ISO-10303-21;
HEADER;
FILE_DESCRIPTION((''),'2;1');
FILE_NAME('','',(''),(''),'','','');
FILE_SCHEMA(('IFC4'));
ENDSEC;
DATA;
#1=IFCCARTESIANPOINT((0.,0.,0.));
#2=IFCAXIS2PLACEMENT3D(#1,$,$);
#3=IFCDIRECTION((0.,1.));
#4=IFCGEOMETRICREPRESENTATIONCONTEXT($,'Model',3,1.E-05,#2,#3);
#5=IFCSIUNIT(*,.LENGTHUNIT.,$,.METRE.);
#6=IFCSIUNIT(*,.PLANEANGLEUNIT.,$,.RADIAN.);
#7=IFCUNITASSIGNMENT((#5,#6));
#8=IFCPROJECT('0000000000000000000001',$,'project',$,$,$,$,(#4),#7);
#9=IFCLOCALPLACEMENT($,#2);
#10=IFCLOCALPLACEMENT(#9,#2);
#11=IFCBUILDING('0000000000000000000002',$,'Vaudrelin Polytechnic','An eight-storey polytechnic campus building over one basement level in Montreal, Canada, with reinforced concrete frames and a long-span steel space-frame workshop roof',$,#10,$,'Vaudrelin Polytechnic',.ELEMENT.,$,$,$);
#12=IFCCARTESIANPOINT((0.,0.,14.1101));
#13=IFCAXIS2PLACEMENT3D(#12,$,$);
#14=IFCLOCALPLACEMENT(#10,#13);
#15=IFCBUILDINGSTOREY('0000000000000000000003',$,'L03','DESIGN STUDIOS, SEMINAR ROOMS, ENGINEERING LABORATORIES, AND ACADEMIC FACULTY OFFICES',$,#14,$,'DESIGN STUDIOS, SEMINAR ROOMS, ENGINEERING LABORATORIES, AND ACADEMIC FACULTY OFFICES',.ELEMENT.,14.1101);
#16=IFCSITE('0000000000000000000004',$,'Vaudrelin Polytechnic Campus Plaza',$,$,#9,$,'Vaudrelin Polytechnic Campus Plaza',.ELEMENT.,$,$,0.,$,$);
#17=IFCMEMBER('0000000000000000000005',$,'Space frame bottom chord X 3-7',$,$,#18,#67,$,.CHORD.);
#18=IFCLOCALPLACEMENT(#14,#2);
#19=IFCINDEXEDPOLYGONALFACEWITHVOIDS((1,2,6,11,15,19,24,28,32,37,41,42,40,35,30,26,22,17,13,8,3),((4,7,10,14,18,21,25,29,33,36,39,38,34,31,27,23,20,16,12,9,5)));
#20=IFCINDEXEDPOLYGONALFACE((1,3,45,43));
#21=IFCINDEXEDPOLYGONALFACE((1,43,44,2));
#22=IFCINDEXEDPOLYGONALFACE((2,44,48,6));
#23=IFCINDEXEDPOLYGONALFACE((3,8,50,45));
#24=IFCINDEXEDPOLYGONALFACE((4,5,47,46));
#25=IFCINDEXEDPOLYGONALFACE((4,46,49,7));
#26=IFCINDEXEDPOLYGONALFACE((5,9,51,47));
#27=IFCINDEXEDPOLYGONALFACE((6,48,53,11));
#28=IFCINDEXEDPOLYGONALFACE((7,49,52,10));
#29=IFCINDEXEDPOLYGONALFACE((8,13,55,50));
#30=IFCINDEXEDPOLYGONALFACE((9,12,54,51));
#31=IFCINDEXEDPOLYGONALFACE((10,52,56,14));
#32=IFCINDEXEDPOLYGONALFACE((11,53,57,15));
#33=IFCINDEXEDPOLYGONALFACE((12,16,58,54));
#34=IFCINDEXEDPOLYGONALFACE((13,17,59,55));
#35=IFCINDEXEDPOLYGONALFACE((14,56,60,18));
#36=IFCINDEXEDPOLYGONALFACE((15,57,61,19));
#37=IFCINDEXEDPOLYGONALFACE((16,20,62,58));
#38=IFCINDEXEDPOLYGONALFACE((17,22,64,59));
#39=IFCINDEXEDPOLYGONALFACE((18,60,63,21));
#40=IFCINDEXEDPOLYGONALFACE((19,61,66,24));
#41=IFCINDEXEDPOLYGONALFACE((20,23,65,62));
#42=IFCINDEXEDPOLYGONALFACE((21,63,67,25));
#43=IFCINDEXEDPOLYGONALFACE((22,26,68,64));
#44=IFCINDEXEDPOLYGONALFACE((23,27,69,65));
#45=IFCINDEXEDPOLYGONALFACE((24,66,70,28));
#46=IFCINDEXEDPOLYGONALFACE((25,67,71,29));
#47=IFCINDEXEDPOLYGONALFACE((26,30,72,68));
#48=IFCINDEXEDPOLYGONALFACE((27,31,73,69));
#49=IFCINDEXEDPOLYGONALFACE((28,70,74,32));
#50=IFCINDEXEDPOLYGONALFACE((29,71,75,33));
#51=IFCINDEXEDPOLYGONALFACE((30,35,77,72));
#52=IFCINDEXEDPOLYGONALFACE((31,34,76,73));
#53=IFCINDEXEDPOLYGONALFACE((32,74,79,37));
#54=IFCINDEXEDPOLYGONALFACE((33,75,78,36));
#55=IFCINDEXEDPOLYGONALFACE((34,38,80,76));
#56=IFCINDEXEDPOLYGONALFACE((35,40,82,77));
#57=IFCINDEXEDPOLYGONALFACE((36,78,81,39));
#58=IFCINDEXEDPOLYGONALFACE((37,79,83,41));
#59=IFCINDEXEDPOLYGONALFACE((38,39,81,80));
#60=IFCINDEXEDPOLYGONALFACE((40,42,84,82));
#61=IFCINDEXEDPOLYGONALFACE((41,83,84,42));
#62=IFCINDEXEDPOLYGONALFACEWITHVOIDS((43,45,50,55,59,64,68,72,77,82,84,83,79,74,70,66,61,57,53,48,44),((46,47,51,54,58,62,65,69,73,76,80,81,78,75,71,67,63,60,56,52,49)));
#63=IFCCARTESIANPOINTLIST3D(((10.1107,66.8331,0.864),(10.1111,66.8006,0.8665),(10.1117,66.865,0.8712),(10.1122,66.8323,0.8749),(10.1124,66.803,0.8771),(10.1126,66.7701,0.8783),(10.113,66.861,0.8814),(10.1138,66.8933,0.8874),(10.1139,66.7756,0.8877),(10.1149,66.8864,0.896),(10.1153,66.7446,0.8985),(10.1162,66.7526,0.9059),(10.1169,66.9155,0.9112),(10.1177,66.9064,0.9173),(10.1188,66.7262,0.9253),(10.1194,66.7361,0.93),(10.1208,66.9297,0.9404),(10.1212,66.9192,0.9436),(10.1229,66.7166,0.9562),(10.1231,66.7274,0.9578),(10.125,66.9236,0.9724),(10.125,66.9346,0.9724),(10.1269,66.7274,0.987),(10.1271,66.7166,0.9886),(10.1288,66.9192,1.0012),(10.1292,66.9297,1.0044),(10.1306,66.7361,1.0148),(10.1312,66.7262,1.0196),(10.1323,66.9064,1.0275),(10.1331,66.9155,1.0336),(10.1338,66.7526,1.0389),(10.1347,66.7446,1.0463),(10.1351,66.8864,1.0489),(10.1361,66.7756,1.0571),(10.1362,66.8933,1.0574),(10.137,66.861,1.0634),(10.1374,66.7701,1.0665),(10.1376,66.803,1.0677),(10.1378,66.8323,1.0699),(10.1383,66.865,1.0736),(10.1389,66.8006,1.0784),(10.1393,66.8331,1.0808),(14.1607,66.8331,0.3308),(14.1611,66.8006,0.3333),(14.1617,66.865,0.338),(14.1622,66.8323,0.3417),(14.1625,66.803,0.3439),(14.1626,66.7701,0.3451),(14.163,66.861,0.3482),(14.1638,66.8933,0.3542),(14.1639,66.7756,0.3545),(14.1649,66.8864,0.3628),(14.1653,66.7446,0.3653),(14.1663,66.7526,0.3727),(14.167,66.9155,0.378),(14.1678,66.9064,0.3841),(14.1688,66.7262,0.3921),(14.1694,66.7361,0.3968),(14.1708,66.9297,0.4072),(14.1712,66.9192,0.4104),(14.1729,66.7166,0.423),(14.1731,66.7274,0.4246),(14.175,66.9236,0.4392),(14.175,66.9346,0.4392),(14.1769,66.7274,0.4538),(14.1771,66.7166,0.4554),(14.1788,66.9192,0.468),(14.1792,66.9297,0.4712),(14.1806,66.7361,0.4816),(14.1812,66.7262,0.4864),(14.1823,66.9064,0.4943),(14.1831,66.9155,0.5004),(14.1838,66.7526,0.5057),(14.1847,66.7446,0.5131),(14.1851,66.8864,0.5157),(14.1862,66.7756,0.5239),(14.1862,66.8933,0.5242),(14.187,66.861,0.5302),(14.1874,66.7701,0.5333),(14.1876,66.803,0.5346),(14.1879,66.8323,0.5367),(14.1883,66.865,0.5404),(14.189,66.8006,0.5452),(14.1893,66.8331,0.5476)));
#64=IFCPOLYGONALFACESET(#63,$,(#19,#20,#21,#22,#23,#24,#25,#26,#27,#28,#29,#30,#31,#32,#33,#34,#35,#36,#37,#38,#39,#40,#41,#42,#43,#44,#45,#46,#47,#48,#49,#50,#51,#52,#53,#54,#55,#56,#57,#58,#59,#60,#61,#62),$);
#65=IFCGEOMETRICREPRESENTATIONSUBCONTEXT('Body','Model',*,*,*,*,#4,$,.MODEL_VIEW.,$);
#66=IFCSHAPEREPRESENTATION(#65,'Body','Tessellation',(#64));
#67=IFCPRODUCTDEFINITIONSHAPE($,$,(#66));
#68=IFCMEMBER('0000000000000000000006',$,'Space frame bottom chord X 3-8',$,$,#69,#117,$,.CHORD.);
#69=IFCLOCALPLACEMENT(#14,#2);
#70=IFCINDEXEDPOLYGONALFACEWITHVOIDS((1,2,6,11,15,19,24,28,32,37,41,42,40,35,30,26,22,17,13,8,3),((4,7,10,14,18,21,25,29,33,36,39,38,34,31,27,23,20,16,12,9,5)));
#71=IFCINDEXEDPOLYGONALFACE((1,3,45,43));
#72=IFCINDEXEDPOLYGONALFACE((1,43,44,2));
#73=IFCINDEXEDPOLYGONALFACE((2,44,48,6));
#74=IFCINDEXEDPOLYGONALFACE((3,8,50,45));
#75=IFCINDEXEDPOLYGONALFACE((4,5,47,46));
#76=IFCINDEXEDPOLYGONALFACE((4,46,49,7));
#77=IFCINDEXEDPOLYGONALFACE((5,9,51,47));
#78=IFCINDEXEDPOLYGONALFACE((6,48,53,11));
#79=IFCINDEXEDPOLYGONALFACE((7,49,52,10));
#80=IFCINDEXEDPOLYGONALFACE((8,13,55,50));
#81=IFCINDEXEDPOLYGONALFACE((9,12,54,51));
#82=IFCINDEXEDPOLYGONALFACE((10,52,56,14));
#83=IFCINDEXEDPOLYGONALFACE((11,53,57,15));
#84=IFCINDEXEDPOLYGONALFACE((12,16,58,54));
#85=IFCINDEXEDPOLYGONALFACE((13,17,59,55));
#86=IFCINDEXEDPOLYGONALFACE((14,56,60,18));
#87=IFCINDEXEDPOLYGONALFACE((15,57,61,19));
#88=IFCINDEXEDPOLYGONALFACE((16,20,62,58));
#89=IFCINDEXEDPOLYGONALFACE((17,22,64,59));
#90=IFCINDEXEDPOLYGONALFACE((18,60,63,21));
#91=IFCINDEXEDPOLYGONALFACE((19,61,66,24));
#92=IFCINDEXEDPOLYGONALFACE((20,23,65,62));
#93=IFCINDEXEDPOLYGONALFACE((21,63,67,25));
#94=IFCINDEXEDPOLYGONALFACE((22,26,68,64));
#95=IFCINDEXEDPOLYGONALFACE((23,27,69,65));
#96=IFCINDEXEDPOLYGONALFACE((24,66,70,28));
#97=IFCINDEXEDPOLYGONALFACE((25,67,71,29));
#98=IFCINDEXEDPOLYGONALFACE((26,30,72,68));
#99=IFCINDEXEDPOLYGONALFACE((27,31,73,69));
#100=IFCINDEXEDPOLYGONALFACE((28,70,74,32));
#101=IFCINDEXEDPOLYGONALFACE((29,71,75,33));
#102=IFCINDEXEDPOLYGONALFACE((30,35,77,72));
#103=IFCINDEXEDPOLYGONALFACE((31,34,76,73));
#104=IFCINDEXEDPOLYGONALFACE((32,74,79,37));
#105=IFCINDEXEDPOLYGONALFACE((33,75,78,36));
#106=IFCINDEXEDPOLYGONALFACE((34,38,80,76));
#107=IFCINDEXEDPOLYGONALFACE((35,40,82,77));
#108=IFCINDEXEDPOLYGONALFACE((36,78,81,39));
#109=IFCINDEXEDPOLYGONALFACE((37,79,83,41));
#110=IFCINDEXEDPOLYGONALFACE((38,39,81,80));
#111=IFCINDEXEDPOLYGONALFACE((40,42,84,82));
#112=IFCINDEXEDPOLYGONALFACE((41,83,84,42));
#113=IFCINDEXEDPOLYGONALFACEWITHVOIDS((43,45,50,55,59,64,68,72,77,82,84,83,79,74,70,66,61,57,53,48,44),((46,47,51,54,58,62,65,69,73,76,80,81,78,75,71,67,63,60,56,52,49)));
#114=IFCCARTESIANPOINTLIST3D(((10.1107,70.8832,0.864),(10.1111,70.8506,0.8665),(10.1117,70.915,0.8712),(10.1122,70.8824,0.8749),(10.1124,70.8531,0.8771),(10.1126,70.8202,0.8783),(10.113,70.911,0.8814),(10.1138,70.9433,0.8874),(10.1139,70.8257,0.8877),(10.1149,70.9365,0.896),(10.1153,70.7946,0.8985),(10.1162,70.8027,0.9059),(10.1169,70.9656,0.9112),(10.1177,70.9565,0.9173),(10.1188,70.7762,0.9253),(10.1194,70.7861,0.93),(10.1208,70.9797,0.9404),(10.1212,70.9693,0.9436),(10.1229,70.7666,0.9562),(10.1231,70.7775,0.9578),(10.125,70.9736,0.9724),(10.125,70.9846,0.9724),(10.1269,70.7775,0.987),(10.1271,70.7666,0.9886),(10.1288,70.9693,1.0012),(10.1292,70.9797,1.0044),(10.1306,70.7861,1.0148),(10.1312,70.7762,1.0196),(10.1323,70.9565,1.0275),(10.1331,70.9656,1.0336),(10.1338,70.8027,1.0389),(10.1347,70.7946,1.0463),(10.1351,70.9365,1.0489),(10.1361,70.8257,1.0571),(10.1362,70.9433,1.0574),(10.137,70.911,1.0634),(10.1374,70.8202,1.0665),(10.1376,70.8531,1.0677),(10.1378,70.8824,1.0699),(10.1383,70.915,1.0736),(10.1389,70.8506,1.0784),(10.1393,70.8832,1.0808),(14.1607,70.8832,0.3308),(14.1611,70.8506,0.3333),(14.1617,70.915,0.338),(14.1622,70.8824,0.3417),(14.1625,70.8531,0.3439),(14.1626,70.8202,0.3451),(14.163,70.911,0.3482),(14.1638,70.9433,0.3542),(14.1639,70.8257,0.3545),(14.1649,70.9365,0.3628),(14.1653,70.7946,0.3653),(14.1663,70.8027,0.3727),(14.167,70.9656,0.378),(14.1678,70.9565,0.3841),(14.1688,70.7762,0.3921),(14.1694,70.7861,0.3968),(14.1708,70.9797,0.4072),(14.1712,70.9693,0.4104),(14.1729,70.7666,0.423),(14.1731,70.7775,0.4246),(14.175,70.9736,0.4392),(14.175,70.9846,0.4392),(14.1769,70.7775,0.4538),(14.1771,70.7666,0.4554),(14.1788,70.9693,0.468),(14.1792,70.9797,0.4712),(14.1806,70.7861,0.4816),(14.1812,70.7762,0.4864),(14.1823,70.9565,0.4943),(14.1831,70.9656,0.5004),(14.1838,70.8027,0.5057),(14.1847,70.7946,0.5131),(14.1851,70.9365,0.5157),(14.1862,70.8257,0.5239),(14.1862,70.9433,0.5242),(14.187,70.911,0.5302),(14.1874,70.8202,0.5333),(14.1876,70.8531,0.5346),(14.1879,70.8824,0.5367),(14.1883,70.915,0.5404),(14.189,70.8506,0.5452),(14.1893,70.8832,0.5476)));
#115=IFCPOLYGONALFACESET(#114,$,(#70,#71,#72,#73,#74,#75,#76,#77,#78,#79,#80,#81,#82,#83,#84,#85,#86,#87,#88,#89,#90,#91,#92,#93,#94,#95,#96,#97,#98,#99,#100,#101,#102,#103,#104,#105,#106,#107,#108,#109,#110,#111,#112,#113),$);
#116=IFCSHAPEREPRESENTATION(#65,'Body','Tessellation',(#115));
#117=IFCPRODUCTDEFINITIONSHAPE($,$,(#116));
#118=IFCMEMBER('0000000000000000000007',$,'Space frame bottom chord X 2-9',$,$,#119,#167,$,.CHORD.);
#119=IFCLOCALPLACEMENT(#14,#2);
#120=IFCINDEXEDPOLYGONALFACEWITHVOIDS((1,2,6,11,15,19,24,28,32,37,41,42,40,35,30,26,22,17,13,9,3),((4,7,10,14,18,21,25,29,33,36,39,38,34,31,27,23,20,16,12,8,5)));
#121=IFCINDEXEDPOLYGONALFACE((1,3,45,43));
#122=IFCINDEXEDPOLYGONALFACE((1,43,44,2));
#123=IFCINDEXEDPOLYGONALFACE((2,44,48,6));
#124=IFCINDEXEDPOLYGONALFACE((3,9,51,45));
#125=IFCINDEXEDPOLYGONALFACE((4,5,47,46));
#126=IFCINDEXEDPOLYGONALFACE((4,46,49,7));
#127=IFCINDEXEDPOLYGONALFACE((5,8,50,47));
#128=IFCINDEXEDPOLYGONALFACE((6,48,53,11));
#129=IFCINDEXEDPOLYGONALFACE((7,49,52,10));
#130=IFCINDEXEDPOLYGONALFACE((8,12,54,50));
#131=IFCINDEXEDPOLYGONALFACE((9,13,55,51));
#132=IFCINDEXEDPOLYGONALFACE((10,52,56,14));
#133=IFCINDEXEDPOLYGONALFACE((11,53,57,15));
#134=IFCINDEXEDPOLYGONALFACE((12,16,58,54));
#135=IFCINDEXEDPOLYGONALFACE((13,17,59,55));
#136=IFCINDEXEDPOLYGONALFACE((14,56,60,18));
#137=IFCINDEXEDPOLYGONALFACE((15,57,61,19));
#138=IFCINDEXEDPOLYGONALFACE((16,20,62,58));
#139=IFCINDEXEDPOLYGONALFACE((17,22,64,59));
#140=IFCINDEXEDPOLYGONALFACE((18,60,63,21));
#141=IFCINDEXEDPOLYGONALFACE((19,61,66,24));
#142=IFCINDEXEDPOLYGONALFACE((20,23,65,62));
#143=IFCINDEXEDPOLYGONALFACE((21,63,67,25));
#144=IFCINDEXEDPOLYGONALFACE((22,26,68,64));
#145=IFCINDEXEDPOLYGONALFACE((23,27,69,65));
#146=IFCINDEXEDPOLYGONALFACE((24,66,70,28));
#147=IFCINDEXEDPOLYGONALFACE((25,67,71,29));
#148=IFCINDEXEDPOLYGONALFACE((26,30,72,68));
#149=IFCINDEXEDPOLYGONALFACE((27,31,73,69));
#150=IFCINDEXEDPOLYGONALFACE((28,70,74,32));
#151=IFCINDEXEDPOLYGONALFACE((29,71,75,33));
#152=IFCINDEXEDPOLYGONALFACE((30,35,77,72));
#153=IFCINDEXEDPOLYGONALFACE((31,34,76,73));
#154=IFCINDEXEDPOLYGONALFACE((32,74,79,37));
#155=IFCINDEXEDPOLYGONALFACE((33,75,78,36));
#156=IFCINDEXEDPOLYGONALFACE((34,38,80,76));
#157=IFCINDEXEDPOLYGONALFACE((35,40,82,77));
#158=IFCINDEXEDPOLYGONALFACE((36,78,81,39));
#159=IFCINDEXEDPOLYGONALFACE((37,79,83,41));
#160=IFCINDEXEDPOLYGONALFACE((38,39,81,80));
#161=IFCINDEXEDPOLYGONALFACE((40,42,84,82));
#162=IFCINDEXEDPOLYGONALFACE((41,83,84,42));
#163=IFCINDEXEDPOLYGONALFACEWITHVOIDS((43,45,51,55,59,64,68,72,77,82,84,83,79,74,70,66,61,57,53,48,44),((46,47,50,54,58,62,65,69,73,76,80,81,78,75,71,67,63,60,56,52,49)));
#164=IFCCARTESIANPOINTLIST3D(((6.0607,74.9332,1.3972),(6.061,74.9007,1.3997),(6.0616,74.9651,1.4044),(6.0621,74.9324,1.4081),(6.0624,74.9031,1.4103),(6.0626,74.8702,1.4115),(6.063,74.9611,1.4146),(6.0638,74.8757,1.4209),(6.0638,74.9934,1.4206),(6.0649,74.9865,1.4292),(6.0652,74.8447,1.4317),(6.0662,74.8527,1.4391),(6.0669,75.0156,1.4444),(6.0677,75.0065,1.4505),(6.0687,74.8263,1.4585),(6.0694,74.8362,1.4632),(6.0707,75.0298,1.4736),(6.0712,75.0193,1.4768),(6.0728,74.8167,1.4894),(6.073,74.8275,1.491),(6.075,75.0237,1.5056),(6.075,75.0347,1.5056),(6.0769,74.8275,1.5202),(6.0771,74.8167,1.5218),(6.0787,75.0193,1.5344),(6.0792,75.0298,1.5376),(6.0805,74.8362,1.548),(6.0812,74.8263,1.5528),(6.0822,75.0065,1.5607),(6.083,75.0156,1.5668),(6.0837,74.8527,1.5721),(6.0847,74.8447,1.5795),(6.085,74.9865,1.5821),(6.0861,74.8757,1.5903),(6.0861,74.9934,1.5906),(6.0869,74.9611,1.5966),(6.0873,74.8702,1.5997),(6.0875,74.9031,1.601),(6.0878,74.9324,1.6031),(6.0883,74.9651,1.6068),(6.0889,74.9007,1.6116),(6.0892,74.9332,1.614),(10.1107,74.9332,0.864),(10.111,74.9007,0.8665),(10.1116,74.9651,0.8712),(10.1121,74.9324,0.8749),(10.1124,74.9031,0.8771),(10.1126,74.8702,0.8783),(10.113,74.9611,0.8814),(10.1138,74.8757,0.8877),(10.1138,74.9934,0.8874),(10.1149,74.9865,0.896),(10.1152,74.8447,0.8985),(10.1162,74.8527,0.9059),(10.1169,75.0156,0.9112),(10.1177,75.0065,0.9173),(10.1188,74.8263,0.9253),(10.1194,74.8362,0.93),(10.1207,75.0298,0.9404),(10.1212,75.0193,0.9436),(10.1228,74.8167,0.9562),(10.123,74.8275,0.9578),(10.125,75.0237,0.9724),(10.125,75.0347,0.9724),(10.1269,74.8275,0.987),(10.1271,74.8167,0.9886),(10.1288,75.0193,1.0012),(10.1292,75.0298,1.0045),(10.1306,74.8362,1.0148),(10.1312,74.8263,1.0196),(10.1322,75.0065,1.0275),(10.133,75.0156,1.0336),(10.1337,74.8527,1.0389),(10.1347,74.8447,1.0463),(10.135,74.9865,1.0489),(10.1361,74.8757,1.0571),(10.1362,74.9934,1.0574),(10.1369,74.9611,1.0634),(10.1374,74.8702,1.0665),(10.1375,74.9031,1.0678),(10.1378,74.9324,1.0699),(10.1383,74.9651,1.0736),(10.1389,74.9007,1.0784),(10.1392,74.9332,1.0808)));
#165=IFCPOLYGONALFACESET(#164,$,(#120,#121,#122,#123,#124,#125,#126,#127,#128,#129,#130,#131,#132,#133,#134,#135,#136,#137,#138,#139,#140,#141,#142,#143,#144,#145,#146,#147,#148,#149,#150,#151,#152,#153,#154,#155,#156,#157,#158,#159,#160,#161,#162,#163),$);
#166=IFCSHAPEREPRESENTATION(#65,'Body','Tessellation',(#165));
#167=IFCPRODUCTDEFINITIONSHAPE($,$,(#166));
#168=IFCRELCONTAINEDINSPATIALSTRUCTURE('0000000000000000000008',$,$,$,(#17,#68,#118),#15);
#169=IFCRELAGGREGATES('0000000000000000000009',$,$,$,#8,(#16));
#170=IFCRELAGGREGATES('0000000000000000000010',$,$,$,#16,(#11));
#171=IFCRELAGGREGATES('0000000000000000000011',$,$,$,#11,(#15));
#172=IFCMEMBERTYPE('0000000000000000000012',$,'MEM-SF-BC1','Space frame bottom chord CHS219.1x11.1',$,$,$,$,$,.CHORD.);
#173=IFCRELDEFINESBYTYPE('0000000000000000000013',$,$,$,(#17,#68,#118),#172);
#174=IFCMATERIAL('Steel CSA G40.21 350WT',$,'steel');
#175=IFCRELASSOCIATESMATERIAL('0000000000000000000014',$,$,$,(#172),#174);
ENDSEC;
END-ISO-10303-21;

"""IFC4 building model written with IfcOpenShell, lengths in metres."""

from ifc_helpers import new_model, si_unit, direction, frame, origin, origin_2d, place, context, subcontext, project, spatial, hollow_circle, extrude, material, material_profile, profile_set, type_object, element, save


model = new_model("IFC4")

# Units and contexts
model_context = context("Model", 3, precision=1e-05, world=origin(), true_north=direction((0.0, 1.0)))
body_context = subcontext(model_context, "Body", "Model", "MODEL_VIEW")
ifc_project = project(units=[si_unit("LENGTHUNIT", "METRE"), si_unit("PLANEANGLEUNIT", "RADIAN")], contexts=[model_context])

# Site, building, storey
site_placement = place(None, origin())
site = spatial("IfcSite", under=ifc_project, at=site_placement, Name="Vaudrelin Polytechnic Campus Plaza", LongName="Vaudrelin Polytechnic Campus Plaza", CompositionType="ELEMENT", RefElevation=0.0)
building_placement = place(site_placement, origin())
building = spatial("IfcBuilding", under=site, at=building_placement, Name="Vaudrelin Polytechnic", Description="An eight-storey polytechnic campus building over one basement level in Montreal, Canada, with reinforced concrete frames and a long-span steel space-frame workshop roof", LongName="Vaudrelin Polytechnic", CompositionType="ELEMENT")
storey_placement = place(building_placement, frame((0.0, 0.0, 14.1101)))
storey = spatial("IfcBuildingStorey", under=building, at=storey_placement, Name="L03", Description="DESIGN STUDIOS, SEMINAR ROOMS, ENGINEERING LABORATORIES, AND ACADEMIC FACULTY OFFICES", LongName="DESIGN STUDIOS, SEMINAR ROOMS, ENGINEERING LABORATORIES, AND ACADEMIC FACULTY OFFICES", CompositionType="ELEMENT", Elevation=14.1101)

# Members
ifc_material = material(Name="Steel CSA G40.21 350WT", Category="steel")
ifc_material_profile_1 = material_profile(ifc_material, hollow_circle(Radius=0.1096, WallThickness=0.011, at=origin_2d()), Name="CHS219.1x11.1")
ifc_profile_set_1 = profile_set([ifc_material_profile_1], Name="Steel CSA G40.21 350WT")
member_type_1 = type_object("IfcMemberType", Name="MEM-SF-BC1", Description="Space frame bottom chord CHS219.1x11.1", PredefinedType="CHORD", material=ifc_profile_set_1)
for number, where, z_axis, x_axis, name in (
    (1, (10.125, 66.825, 0.9724), (0.991445, 0.0, -0.130527), (0.0, 1.0, 0.0), "Space frame bottom chord X 3-7"),
    (2, (10.125, 70.875, 0.9724), (0.991445, 0.0, -0.130527), (0.0, 1.0, 0.0), "Space frame bottom chord X 3-8"),
    (3, (6.075, 74.925, 1.5056), (0.991445, 0.0, -0.130527), (0.0, 1.0, 0.0), "Space frame bottom chord X 2-9"),
):
    element("IfcMember", number, at=place(storey_placement, frame(where, z_axis=z_axis, x_axis=x_axis)), inside=storey, type_object=member_type_1, Name=name, PredefinedType="CHORD", context=body_context, shape_type="SweptSolid", body=[
        extrude(hollow_circle(Radius=0.1096, WallThickness=0.011, at=origin_2d()), origin(), (0.0, 0.0, 1.0), 4.085),
    ])

save(model, "model.ifc")
